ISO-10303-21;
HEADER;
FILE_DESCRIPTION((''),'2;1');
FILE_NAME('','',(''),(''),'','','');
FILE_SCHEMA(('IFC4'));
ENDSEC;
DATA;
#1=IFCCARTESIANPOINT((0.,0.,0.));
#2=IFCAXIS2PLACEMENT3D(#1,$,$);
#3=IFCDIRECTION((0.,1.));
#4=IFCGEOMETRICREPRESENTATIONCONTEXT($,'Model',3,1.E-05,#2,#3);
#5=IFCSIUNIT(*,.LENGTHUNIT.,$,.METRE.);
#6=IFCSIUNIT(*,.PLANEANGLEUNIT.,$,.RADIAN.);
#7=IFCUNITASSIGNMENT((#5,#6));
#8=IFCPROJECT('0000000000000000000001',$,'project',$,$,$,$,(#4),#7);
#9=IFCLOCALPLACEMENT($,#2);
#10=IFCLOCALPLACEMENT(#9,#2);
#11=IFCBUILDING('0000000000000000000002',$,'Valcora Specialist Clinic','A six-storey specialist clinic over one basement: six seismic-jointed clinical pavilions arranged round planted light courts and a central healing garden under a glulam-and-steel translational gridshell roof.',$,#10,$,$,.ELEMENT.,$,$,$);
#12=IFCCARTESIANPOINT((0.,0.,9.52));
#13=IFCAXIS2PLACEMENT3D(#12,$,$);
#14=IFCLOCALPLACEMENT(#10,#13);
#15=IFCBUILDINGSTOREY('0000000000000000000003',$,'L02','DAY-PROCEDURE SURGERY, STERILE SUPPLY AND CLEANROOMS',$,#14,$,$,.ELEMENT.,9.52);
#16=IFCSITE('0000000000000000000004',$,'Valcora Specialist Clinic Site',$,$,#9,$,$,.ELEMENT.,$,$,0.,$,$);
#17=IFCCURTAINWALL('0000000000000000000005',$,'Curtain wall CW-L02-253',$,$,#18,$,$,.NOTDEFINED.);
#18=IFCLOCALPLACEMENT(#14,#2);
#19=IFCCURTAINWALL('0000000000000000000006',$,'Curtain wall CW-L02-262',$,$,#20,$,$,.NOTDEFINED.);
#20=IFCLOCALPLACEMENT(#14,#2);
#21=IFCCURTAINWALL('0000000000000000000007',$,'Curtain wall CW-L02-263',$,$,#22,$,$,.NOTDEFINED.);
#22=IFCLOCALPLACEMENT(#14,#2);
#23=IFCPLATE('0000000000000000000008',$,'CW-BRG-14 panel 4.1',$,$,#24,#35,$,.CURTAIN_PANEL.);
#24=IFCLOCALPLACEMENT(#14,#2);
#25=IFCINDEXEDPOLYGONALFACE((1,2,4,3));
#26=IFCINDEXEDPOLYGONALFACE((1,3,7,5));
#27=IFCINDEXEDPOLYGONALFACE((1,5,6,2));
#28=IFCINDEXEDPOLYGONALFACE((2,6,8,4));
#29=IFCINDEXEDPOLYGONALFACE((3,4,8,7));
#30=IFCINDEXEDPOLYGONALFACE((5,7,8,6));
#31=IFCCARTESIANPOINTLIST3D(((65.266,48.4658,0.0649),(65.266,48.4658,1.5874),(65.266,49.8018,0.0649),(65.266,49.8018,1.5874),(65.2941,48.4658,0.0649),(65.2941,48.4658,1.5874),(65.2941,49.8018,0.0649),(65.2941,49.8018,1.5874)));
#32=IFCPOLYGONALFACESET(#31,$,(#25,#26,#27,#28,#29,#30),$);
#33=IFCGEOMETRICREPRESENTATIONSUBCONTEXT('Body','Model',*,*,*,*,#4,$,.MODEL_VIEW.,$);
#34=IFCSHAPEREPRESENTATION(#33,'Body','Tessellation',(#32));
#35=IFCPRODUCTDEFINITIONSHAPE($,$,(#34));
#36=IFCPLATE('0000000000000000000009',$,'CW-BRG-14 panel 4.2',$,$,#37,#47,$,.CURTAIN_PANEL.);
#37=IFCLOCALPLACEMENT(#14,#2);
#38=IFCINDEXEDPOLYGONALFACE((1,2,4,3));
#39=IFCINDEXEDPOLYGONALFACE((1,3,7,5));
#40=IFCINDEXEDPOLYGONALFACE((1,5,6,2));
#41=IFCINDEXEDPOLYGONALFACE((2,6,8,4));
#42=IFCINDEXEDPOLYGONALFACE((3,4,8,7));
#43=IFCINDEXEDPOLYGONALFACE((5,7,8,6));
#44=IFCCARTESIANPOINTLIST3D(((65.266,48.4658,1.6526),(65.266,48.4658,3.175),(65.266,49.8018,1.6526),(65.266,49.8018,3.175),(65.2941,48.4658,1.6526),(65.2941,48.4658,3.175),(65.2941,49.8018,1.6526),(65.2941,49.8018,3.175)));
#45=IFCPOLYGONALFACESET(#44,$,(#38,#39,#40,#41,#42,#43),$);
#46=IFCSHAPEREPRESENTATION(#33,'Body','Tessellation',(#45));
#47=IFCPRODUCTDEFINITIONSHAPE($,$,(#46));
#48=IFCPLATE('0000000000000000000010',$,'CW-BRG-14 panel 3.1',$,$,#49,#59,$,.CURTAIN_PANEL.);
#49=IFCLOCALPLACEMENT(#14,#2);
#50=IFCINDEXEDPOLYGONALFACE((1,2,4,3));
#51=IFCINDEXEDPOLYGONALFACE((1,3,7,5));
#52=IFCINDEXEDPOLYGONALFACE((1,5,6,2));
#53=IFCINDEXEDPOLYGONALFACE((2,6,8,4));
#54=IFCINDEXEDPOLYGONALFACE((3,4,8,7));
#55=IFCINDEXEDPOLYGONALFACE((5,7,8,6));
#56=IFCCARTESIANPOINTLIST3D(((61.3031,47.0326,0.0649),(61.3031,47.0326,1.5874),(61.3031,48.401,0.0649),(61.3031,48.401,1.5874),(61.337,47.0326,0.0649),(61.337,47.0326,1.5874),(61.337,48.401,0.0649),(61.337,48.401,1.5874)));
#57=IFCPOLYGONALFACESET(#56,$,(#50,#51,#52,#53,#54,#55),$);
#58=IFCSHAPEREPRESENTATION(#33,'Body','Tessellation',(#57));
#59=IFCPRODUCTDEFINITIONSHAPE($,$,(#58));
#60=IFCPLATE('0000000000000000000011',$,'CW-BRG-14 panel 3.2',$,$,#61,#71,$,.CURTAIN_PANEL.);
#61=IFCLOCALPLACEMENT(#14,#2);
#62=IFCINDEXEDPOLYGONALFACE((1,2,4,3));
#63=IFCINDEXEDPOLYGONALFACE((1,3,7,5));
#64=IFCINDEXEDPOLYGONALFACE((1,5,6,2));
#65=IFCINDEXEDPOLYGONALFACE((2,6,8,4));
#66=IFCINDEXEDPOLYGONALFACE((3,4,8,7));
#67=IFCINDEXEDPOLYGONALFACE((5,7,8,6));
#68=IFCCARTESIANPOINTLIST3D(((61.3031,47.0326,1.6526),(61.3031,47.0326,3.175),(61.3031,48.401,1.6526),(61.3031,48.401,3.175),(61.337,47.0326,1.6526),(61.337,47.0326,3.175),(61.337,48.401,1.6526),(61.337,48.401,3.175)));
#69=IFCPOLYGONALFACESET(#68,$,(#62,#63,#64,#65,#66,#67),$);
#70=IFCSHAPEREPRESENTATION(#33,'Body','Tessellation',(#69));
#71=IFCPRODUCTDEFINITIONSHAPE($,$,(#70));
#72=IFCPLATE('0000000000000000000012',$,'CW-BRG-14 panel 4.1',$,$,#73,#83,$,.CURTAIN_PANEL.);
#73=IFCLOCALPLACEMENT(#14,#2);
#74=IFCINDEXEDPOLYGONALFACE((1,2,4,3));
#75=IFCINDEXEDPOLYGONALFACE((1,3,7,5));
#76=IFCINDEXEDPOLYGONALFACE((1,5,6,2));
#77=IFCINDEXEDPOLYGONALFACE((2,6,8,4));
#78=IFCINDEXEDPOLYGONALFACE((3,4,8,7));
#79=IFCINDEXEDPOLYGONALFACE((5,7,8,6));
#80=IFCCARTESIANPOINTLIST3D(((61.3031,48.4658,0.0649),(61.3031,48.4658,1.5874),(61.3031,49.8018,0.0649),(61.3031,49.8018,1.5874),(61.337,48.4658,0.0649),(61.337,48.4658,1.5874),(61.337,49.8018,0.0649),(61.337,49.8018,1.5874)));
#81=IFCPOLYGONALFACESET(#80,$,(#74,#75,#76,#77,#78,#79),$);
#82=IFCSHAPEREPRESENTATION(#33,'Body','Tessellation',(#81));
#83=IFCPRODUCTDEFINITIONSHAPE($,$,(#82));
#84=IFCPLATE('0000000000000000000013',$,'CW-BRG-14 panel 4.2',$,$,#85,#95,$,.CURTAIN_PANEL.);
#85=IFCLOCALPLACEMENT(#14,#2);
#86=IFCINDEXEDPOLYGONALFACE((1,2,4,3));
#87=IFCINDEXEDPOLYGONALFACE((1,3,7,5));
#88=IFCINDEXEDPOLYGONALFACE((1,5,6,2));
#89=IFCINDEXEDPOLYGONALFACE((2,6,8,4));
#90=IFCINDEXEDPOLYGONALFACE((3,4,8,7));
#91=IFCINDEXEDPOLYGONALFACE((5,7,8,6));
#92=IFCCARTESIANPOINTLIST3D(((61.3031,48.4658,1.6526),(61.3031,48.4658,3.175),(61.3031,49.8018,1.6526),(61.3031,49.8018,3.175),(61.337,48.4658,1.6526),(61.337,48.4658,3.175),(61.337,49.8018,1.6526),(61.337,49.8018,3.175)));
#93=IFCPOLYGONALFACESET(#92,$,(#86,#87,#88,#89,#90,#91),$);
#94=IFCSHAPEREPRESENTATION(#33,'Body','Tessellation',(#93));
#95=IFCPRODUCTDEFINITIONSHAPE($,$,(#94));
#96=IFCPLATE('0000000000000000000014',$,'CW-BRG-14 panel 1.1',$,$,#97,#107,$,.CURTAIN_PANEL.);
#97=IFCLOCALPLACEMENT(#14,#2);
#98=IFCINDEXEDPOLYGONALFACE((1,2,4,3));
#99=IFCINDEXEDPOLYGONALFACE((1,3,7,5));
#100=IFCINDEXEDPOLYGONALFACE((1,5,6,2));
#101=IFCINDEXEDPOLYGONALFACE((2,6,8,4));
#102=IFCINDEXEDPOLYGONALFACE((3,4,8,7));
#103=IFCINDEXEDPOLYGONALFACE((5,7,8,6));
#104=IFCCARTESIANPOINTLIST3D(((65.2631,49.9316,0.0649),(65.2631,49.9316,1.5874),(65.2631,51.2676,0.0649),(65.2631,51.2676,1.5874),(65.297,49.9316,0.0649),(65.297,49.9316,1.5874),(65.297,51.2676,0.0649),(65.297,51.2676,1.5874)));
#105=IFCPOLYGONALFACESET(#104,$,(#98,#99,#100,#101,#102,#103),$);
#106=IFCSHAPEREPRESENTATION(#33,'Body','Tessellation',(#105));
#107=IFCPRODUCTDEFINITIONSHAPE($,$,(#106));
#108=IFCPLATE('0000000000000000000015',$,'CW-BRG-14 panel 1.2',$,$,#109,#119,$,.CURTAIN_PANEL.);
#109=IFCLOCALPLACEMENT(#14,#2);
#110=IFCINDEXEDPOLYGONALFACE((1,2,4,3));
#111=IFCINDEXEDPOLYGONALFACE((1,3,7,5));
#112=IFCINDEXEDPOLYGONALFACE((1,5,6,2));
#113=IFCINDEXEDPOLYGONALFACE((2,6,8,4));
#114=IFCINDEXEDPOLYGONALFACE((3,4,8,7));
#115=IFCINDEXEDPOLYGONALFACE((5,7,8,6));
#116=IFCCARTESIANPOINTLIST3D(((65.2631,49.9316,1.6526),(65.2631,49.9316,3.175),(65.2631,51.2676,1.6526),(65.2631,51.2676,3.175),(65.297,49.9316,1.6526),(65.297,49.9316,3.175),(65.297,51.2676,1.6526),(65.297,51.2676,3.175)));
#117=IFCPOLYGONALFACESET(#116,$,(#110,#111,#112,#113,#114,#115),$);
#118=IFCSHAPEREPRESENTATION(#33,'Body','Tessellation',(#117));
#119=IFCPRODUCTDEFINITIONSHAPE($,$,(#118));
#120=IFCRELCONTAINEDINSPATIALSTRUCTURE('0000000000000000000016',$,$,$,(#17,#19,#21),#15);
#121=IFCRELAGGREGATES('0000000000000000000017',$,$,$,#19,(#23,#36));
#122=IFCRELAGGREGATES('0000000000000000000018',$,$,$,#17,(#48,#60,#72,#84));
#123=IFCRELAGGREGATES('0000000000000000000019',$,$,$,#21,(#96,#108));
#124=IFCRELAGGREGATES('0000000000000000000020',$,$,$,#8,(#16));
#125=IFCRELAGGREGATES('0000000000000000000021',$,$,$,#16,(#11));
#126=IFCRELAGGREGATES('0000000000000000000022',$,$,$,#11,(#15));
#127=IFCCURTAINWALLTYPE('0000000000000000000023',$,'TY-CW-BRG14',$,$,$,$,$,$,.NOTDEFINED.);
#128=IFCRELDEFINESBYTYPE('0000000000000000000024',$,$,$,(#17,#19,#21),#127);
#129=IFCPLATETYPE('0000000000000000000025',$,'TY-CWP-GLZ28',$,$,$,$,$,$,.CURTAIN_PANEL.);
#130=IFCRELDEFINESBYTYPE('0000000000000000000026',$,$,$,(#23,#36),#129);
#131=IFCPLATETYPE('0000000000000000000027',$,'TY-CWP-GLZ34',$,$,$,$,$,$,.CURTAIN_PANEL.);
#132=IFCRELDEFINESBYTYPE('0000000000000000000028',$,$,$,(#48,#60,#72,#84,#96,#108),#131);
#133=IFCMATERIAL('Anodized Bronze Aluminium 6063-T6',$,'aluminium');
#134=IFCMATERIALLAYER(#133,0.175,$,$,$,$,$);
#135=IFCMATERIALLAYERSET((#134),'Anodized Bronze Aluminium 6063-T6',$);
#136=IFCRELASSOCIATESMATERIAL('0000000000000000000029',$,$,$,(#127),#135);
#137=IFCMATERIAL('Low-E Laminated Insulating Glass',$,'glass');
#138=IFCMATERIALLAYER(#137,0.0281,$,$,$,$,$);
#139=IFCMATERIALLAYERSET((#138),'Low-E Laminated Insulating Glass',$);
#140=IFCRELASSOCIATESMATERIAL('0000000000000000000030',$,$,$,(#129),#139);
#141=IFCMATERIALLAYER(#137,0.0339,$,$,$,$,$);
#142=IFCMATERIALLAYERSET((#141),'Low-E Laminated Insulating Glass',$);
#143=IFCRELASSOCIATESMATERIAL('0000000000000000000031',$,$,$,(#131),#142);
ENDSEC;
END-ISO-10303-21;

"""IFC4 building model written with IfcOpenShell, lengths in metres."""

from ifc_helpers import new_model, si_unit, direction, frame, origin, origin_2d, place, context, subcontext, project, spatial, rectangle, extrude, material, layer, layer_set, type_object, element, aggregate, save


model = new_model("IFC4")

# Units and contexts
model_context = context("Model", 3, precision=1e-05, world=origin(), true_north=direction((0.0, 1.0)))
body_context = subcontext(model_context, "Body", "Model", "MODEL_VIEW")
ifc_project = project(units=[si_unit("LENGTHUNIT", "METRE"), si_unit("PLANEANGLEUNIT", "RADIAN")], contexts=[model_context])

# Site, building, storey
site_placement = place(None, origin())
site = spatial("IfcSite", under=ifc_project, at=site_placement, Name="Valcora Specialist Clinic Site", CompositionType="ELEMENT", RefElevation=0.0)
building_placement = place(site_placement, origin())
building = spatial("IfcBuilding", under=site, at=building_placement, Name="Valcora Specialist Clinic", Description="A six-storey specialist clinic over one basement: six seismic-jointed clinical pavilions arranged round planted light courts and a central healing garden under a glulam-and-steel translational gridshell roof.", CompositionType="ELEMENT")
storey_placement = place(building_placement, frame((0.0, 0.0, 9.52)))
storey = spatial("IfcBuildingStorey", under=building, at=storey_placement, Name="L02", Description="DAY-PROCEDURE SURGERY, STERILE SUPPLY AND CLEANROOMS", CompositionType="ELEMENT", Elevation=9.52)

# Curtain wall
ifc_material_1 = material(Name="Anodized Bronze Aluminium 6063-T6", Category="aluminium")
ifc_layer_1 = layer(ifc_material_1, 0.175)
ifc_layer_set_1 = layer_set([ifc_layer_1], Name="Anodized Bronze Aluminium 6063-T6")
curtain_wall_type = type_object("IfcCurtainWallType", Name="TY-CW-BRG14", PredefinedType="NOTDEFINED", material=ifc_layer_set_1)
curtain_wall_1_placement = place(storey_placement, origin())
curtain_wall_1 = element("IfcCurtainWall", 1, at=curtain_wall_1_placement, inside=storey, type_object=curtain_wall_type, Name="Curtain wall CW-L02-253", PredefinedType="NOTDEFINED")

# Curtain wall
curtain_wall_2_placement = place(storey_placement, origin())
curtain_wall_2 = element("IfcCurtainWall", 2, at=curtain_wall_2_placement, inside=storey, type_object=curtain_wall_type, Name="Curtain wall CW-L02-262", PredefinedType="NOTDEFINED")

# Curtain wall
curtain_wall_3_placement = place(storey_placement, origin())
curtain_wall_3 = element("IfcCurtainWall", 3, at=curtain_wall_3_placement, inside=storey, type_object=curtain_wall_type, Name="Curtain wall CW-L02-263", PredefinedType="NOTDEFINED")

# Plates
ifc_material_2 = material(Name="Low-E Laminated Insulating Glass", Category="glass")
ifc_layer_2 = layer(ifc_material_2, 0.0281)
ifc_layer_set_2 = layer_set([ifc_layer_2], Name="Low-E Laminated Insulating Glass")
plate_type_1 = type_object("IfcPlateType", Name="TY-CWP-GLZ28", PredefinedType="CURTAIN_PANEL", material=ifc_layer_set_2)
plate_1_placement = place(storey_placement, frame((65.28, 49.1338, 0.0649), z_axis=(0.0, 0.0, 1.0), x_axis=(0.0, 1.0, 0.0)))
plate_1 = element("IfcPlate", 4, at=plate_1_placement, type_object=plate_type_1, Name="CW-BRG-14 panel 4.1", PredefinedType="CURTAIN_PANEL", context=body_context, shape_type="SweptSolid", body=[
    extrude(rectangle(XDim=1.3359, YDim=0.0281, at=origin_2d()), origin(), (0.0, 0.0, 1.0), 1.5225),
])
plate_2_placement = place(storey_placement, frame((65.28, 49.1338, 1.6526), z_axis=(0.0, 0.0, 1.0), x_axis=(0.0, 1.0, 0.0)))
plate_2 = element("IfcPlate", 5, at=plate_2_placement, type_object=plate_type_1, Name="CW-BRG-14 panel 4.2", PredefinedType="CURTAIN_PANEL", context=body_context, shape_type="SweptSolid", body=[
    extrude(rectangle(XDim=1.3359, YDim=0.0281, at=origin_2d()), origin(), (0.0, 0.0, 1.0), 1.5225),
])
aggregate(curtain_wall_2, [plate_1, plate_2])
ifc_layer_3 = layer(ifc_material_2, 0.0339)
ifc_layer_set_3 = layer_set([ifc_layer_3], Name="Low-E Laminated Insulating Glass")
plate_type_2 = type_object("IfcPlateType", Name="TY-CWP-GLZ34", PredefinedType="CURTAIN_PANEL", material=ifc_layer_set_3)
plate_3_placement = place(storey_placement, frame((61.3201, 47.7168, 0.0649), z_axis=(0.0, 0.0, 1.0), x_axis=(0.0, 1.0, 0.0)))
plate_3 = element("IfcPlate", 6, at=plate_3_placement, type_object=plate_type_2, Name="CW-BRG-14 panel 3.1", PredefinedType="CURTAIN_PANEL", context=body_context, shape_type="SweptSolid", body=[
    extrude(rectangle(XDim=1.3684, YDim=0.0339, at=origin_2d()), origin(), (0.0, 0.0, 1.0), 1.5225),
])
plate_4_placement = place(storey_placement, frame((61.3201, 47.7168, 1.6526), z_axis=(0.0, 0.0, 1.0), x_axis=(0.0, 1.0, 0.0)))
plate_4 = element("IfcPlate", 7, at=plate_4_placement, type_object=plate_type_2, Name="CW-BRG-14 panel 3.2", PredefinedType="CURTAIN_PANEL", context=body_context, shape_type="SweptSolid", body=[
    extrude(rectangle(XDim=1.3684, YDim=0.0339, at=origin_2d()), origin(), (0.0, 0.0, 1.0), 1.5225),
])
plate_5_placement = place(storey_placement, frame((61.3201, 49.1338, 0.0649), z_axis=(0.0, 0.0, 1.0), x_axis=(0.0, 1.0, 0.0)))
plate_5 = element("IfcPlate", 8, at=plate_5_placement, type_object=plate_type_2, Name="CW-BRG-14 panel 4.1", PredefinedType="CURTAIN_PANEL", context=body_context, shape_type="SweptSolid", body=[
    extrude(rectangle(XDim=1.3359, YDim=0.0339, at=origin_2d()), origin(), (0.0, 0.0, 1.0), 1.5225),
])
plate_6_placement = place(storey_placement, frame((61.3201, 49.1338, 1.6526), z_axis=(0.0, 0.0, 1.0), x_axis=(0.0, 1.0, 0.0)))
plate_6 = element("IfcPlate", 9, at=plate_6_placement, type_object=plate_type_2, Name="CW-BRG-14 panel 4.2", PredefinedType="CURTAIN_PANEL", context=body_context, shape_type="SweptSolid", body=[
    extrude(rectangle(XDim=1.3359, YDim=0.0339, at=origin_2d()), origin(), (0.0, 0.0, 1.0), 1.5225),
])
aggregate(curtain_wall_1, [plate_3, plate_4, plate_5, plate_6])
plate_7_placement = place(storey_placement, frame((65.28, 50.5996, 0.0649), z_axis=(0.0, 0.0, 1.0), x_axis=(0.0, 1.0, 0.0)))
plate_7 = element("IfcPlate", 10, at=plate_7_placement, type_object=plate_type_2, Name="CW-BRG-14 panel 1.1", PredefinedType="CURTAIN_PANEL", context=body_context, shape_type="SweptSolid", body=[
    extrude(rectangle(XDim=1.3359, YDim=0.0339, at=origin_2d()), origin(), (0.0, 0.0, 1.0), 1.5225),
])
plate_8_placement = place(storey_placement, frame((65.28, 50.5996, 1.6526), z_axis=(0.0, 0.0, 1.0), x_axis=(0.0, 1.0, 0.0)))
plate_8 = element("IfcPlate", 11, at=plate_8_placement, type_object=plate_type_2, Name="CW-BRG-14 panel 1.2", PredefinedType="CURTAIN_PANEL", context=body_context, shape_type="SweptSolid", body=[
    extrude(rectangle(XDim=1.3359, YDim=0.0339, at=origin_2d()), origin(), (0.0, 0.0, 1.0), 1.5225),
])
aggregate(curtain_wall_3, [plate_7, plate_8])

save(model, "model.ifc")
